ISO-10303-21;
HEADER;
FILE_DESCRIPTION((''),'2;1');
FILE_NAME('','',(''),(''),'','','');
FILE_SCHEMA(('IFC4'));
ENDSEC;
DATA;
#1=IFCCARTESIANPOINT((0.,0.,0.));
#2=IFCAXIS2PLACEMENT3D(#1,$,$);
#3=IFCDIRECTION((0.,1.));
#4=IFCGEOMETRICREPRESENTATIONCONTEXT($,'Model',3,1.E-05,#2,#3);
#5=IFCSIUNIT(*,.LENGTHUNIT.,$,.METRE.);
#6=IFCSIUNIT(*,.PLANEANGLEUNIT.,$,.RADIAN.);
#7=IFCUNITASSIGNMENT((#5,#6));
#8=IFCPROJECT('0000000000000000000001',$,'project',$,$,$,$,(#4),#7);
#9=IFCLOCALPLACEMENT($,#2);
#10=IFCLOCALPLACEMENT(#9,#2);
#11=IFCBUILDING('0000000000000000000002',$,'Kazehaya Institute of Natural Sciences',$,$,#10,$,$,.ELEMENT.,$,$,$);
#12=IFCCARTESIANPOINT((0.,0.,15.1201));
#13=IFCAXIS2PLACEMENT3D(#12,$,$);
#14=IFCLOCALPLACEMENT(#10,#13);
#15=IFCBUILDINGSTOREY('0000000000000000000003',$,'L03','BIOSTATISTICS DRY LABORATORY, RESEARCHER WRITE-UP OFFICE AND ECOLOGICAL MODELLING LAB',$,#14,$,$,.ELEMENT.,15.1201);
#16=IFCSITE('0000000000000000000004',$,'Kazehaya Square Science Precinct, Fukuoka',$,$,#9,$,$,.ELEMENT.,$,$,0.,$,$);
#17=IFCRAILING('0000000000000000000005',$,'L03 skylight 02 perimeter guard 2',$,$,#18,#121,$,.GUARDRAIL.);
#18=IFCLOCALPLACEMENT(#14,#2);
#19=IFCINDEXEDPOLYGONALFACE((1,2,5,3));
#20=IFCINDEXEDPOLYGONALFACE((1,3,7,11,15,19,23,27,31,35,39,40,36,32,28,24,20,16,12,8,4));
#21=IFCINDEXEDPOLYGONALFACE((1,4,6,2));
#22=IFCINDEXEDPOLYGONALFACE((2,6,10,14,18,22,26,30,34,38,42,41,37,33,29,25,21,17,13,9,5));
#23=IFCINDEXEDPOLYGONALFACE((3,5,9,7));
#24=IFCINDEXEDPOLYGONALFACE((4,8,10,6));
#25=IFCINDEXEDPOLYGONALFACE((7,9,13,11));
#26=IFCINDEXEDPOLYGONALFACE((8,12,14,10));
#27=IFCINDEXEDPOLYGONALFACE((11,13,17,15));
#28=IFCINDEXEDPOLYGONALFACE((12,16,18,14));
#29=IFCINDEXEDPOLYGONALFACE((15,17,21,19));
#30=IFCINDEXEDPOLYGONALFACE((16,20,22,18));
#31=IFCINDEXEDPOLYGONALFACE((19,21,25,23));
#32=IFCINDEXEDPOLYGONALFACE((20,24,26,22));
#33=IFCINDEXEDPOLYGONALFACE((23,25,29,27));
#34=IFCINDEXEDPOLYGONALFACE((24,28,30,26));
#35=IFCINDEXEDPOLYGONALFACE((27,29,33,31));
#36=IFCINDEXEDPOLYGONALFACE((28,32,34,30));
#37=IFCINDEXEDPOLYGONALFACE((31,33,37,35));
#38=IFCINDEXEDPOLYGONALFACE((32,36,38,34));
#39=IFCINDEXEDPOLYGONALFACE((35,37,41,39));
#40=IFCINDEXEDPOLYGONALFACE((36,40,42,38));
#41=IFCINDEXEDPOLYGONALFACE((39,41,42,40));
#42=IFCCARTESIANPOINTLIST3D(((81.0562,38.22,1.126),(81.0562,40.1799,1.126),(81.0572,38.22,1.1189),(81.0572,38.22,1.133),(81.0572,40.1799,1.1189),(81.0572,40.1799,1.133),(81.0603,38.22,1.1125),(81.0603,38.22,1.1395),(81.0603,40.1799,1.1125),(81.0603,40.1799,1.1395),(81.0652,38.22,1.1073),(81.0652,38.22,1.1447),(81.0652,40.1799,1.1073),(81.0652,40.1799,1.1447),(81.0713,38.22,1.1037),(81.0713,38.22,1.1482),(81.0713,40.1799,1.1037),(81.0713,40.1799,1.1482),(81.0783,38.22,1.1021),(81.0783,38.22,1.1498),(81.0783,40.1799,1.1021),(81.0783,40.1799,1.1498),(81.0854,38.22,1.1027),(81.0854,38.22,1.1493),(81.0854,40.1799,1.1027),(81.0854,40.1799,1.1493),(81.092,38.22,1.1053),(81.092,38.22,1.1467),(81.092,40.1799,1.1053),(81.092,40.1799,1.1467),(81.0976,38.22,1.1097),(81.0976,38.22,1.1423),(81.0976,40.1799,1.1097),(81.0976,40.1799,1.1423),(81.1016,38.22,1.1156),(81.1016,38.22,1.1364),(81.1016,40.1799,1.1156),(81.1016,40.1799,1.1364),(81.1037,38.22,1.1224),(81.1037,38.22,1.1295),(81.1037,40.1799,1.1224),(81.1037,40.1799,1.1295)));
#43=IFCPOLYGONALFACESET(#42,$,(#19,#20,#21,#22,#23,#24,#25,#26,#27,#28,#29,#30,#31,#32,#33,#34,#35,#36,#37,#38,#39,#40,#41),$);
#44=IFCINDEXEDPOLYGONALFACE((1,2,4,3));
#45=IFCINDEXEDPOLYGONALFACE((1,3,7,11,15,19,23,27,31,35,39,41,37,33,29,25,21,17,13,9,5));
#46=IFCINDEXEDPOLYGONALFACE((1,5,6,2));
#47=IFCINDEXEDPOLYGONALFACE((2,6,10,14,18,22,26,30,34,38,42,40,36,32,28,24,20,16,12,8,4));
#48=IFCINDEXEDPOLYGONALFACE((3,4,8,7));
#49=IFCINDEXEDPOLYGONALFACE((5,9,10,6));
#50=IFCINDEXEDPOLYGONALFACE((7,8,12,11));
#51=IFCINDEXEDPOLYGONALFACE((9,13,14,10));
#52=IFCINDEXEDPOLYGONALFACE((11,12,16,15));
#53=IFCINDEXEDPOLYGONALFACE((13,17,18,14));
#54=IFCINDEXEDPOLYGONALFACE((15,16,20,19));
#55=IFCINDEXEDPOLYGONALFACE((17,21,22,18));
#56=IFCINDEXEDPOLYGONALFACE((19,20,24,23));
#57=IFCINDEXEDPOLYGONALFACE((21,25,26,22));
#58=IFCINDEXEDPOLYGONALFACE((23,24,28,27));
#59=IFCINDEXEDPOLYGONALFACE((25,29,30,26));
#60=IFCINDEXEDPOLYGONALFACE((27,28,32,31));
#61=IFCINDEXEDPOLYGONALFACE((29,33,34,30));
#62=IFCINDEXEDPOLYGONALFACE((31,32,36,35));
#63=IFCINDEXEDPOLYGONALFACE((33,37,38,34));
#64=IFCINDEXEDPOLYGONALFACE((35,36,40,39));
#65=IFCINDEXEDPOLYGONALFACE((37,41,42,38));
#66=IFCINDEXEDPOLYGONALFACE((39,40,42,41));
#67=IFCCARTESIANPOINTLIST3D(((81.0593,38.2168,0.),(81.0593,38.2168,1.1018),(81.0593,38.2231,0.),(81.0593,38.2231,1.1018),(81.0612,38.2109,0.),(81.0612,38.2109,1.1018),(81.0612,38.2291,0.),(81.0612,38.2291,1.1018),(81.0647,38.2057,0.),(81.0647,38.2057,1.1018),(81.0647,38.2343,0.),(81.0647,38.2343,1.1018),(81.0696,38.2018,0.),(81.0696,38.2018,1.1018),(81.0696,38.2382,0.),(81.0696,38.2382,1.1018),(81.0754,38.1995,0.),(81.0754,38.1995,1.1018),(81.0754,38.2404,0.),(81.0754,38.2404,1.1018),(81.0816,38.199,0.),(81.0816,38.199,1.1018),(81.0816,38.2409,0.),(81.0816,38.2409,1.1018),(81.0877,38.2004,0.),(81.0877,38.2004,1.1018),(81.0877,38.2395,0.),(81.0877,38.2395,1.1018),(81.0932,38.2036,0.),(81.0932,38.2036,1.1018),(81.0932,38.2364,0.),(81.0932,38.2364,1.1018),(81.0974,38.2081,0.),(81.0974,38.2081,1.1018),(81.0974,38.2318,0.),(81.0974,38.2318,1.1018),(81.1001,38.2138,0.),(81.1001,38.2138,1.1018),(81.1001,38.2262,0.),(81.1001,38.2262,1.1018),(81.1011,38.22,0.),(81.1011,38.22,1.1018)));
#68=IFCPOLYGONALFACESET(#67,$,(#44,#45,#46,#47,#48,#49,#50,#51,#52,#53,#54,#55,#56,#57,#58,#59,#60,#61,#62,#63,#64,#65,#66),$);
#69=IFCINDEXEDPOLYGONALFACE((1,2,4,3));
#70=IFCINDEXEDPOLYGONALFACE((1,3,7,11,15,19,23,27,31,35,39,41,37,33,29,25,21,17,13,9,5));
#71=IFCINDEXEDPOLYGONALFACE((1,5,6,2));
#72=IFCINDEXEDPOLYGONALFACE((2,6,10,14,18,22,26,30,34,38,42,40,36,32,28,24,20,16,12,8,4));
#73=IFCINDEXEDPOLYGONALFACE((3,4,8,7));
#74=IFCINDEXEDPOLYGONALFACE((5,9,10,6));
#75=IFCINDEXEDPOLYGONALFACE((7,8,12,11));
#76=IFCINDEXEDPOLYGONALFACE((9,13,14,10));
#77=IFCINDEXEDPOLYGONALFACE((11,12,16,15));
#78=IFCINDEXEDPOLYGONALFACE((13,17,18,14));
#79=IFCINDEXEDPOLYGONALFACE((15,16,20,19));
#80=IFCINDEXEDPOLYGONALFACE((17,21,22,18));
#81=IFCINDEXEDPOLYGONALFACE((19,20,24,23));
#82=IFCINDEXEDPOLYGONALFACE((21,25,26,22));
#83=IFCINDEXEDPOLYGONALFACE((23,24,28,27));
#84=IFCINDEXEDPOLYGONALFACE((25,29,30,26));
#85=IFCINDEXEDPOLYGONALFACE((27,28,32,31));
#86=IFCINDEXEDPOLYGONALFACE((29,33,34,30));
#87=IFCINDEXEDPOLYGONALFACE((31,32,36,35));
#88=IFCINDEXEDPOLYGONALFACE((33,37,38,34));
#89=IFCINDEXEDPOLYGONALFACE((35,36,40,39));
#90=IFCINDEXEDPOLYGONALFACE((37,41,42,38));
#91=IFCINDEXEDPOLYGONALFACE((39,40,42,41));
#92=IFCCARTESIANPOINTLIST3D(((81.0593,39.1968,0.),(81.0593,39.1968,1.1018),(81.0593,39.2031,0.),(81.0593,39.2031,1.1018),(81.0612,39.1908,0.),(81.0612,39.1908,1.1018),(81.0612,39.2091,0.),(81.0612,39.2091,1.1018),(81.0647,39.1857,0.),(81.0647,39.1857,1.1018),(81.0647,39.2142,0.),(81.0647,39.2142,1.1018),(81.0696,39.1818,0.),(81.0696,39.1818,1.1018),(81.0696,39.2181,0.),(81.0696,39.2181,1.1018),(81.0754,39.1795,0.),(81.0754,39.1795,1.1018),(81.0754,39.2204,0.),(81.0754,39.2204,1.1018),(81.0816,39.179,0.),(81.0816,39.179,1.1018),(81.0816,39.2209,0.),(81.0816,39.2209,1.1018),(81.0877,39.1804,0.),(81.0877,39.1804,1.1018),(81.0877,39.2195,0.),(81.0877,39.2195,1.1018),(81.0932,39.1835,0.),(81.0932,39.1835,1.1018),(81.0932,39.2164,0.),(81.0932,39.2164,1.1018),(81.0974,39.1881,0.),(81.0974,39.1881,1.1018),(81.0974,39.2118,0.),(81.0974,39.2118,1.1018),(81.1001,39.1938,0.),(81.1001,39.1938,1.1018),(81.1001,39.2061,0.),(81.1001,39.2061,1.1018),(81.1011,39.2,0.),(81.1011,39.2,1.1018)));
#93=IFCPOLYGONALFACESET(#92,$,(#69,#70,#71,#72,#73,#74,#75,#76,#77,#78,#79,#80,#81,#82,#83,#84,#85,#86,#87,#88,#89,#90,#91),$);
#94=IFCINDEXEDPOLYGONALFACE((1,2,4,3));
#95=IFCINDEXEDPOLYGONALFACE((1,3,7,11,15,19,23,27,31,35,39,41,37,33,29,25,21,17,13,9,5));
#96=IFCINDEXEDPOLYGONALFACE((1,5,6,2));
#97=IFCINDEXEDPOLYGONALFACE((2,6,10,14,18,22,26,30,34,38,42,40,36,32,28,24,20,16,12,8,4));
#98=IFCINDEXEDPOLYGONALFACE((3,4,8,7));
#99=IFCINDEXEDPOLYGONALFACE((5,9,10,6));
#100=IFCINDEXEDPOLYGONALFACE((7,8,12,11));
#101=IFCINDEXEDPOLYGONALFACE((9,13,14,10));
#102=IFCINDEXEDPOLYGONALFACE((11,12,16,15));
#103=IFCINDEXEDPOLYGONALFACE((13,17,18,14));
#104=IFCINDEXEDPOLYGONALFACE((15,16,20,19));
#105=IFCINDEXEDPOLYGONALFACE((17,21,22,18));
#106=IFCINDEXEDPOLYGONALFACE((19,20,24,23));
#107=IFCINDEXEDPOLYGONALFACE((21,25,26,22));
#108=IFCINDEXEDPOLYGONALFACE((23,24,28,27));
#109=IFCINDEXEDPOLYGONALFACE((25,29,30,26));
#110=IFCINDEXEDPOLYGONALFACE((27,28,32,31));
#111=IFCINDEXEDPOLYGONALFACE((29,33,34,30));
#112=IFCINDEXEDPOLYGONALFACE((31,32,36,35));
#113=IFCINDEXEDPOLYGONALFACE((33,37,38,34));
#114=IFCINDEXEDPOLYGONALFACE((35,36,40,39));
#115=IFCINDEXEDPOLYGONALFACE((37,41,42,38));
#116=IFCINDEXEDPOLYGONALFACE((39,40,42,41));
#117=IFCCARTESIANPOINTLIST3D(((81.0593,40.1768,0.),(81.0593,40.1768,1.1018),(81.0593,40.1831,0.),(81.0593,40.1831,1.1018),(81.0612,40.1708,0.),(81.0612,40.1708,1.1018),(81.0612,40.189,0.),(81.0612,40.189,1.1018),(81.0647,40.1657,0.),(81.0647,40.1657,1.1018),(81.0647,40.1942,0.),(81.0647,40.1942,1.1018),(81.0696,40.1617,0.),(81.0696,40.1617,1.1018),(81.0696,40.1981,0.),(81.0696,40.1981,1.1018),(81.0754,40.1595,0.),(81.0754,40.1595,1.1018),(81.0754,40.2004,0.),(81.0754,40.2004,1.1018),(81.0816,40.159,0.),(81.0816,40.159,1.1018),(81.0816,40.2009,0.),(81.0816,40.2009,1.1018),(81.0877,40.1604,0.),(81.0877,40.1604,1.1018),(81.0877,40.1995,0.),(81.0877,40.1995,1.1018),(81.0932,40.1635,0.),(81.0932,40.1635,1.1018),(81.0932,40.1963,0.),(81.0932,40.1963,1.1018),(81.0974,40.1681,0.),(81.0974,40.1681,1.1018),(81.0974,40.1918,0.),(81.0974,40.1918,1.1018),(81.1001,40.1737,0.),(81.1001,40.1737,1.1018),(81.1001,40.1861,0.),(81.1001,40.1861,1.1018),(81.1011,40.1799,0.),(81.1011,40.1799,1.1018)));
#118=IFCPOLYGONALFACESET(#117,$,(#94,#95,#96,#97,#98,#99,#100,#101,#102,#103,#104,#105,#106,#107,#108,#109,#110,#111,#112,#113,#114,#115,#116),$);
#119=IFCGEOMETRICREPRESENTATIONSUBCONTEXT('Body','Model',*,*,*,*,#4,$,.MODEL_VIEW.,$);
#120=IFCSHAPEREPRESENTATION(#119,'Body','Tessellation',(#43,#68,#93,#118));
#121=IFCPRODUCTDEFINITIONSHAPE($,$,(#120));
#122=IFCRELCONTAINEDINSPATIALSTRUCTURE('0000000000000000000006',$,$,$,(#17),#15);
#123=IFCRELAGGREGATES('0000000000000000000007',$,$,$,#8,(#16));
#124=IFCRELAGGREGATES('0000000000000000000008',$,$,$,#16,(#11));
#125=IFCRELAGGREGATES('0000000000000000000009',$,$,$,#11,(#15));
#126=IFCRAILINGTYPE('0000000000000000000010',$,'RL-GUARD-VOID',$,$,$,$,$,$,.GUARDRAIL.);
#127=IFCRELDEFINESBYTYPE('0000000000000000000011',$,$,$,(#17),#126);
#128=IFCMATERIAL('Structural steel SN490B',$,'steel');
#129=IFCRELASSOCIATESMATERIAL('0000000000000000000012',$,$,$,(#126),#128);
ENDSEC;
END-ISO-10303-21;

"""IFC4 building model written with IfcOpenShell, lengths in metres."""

from ifc_helpers import new_model, si_unit, direction, frame, origin, origin_2d, place, context, subcontext, project, spatial, circle, extrude, material, type_object, element, save


model = new_model("IFC4")

# Units and contexts
model_context = context("Model", 3, precision=1e-05, world=origin(), true_north=direction((0.0, 1.0)))
body_context = subcontext(model_context, "Body", "Model", "MODEL_VIEW")
ifc_project = project(units=[si_unit("LENGTHUNIT", "METRE"), si_unit("PLANEANGLEUNIT", "RADIAN")], contexts=[model_context])

# Site, building, storey
site_placement = place(None, origin())
site = spatial("IfcSite", under=ifc_project, at=site_placement, Name="Kazehaya Square Science Precinct, Fukuoka", CompositionType="ELEMENT", RefElevation=0.0)
building_placement = place(site_placement, origin())
building = spatial("IfcBuilding", under=site, at=building_placement, Name="Kazehaya Institute of Natural Sciences", CompositionType="ELEMENT")
storey_placement = place(building_placement, frame((0.0, 0.0, 15.1201)))
storey = spatial("IfcBuildingStorey", under=building, at=storey_placement, Name="L03", Description="BIOSTATISTICS DRY LABORATORY, RESEARCHER WRITE-UP OFFICE AND ECOLOGICAL MODELLING LAB", CompositionType="ELEMENT", Elevation=15.1201)

# Railing
ifc_material_1 = material(Name="Structural steel SN490B", Category="steel")
railing_type = type_object("IfcRailingType", Name="RL-GUARD-VOID", PredefinedType="GUARDRAIL", material=ifc_material_1)
railing_1_placement = place(storey_placement, frame((81.0801, 38.22, 0.0)))
element("IfcRailing", 1, at=railing_1_placement, inside=storey, type_object=railing_type, Name="L03 skylight 02 perimeter guard 2", PredefinedType="GUARDRAIL", context=body_context, shape_type="SweptSolid", body=[
    extrude(circle(Radius=0.0239, at=origin_2d()), frame((0.0, 0.0, 1.126), z_axis=(0.0, 1.0, 0.0), x_axis=(-1.0, 0.0, 0.0)), (0.0, 0.0, 1.0), 1.96),
    extrude(circle(Radius=0.021, at=origin_2d()), origin(), (0.0, 0.0, 1.0), 1.1018),
    extrude(circle(Radius=0.021, at=origin_2d()), frame((0.0, 0.98, 0.0)), (0.0, 0.0, 1.0), 1.1018),
    extrude(circle(Radius=0.021, at=origin_2d()), frame((0.0, 1.96, 0.0)), (0.0, 0.0, 1.0), 1.1018),
])

save(model, "model.ifc")
